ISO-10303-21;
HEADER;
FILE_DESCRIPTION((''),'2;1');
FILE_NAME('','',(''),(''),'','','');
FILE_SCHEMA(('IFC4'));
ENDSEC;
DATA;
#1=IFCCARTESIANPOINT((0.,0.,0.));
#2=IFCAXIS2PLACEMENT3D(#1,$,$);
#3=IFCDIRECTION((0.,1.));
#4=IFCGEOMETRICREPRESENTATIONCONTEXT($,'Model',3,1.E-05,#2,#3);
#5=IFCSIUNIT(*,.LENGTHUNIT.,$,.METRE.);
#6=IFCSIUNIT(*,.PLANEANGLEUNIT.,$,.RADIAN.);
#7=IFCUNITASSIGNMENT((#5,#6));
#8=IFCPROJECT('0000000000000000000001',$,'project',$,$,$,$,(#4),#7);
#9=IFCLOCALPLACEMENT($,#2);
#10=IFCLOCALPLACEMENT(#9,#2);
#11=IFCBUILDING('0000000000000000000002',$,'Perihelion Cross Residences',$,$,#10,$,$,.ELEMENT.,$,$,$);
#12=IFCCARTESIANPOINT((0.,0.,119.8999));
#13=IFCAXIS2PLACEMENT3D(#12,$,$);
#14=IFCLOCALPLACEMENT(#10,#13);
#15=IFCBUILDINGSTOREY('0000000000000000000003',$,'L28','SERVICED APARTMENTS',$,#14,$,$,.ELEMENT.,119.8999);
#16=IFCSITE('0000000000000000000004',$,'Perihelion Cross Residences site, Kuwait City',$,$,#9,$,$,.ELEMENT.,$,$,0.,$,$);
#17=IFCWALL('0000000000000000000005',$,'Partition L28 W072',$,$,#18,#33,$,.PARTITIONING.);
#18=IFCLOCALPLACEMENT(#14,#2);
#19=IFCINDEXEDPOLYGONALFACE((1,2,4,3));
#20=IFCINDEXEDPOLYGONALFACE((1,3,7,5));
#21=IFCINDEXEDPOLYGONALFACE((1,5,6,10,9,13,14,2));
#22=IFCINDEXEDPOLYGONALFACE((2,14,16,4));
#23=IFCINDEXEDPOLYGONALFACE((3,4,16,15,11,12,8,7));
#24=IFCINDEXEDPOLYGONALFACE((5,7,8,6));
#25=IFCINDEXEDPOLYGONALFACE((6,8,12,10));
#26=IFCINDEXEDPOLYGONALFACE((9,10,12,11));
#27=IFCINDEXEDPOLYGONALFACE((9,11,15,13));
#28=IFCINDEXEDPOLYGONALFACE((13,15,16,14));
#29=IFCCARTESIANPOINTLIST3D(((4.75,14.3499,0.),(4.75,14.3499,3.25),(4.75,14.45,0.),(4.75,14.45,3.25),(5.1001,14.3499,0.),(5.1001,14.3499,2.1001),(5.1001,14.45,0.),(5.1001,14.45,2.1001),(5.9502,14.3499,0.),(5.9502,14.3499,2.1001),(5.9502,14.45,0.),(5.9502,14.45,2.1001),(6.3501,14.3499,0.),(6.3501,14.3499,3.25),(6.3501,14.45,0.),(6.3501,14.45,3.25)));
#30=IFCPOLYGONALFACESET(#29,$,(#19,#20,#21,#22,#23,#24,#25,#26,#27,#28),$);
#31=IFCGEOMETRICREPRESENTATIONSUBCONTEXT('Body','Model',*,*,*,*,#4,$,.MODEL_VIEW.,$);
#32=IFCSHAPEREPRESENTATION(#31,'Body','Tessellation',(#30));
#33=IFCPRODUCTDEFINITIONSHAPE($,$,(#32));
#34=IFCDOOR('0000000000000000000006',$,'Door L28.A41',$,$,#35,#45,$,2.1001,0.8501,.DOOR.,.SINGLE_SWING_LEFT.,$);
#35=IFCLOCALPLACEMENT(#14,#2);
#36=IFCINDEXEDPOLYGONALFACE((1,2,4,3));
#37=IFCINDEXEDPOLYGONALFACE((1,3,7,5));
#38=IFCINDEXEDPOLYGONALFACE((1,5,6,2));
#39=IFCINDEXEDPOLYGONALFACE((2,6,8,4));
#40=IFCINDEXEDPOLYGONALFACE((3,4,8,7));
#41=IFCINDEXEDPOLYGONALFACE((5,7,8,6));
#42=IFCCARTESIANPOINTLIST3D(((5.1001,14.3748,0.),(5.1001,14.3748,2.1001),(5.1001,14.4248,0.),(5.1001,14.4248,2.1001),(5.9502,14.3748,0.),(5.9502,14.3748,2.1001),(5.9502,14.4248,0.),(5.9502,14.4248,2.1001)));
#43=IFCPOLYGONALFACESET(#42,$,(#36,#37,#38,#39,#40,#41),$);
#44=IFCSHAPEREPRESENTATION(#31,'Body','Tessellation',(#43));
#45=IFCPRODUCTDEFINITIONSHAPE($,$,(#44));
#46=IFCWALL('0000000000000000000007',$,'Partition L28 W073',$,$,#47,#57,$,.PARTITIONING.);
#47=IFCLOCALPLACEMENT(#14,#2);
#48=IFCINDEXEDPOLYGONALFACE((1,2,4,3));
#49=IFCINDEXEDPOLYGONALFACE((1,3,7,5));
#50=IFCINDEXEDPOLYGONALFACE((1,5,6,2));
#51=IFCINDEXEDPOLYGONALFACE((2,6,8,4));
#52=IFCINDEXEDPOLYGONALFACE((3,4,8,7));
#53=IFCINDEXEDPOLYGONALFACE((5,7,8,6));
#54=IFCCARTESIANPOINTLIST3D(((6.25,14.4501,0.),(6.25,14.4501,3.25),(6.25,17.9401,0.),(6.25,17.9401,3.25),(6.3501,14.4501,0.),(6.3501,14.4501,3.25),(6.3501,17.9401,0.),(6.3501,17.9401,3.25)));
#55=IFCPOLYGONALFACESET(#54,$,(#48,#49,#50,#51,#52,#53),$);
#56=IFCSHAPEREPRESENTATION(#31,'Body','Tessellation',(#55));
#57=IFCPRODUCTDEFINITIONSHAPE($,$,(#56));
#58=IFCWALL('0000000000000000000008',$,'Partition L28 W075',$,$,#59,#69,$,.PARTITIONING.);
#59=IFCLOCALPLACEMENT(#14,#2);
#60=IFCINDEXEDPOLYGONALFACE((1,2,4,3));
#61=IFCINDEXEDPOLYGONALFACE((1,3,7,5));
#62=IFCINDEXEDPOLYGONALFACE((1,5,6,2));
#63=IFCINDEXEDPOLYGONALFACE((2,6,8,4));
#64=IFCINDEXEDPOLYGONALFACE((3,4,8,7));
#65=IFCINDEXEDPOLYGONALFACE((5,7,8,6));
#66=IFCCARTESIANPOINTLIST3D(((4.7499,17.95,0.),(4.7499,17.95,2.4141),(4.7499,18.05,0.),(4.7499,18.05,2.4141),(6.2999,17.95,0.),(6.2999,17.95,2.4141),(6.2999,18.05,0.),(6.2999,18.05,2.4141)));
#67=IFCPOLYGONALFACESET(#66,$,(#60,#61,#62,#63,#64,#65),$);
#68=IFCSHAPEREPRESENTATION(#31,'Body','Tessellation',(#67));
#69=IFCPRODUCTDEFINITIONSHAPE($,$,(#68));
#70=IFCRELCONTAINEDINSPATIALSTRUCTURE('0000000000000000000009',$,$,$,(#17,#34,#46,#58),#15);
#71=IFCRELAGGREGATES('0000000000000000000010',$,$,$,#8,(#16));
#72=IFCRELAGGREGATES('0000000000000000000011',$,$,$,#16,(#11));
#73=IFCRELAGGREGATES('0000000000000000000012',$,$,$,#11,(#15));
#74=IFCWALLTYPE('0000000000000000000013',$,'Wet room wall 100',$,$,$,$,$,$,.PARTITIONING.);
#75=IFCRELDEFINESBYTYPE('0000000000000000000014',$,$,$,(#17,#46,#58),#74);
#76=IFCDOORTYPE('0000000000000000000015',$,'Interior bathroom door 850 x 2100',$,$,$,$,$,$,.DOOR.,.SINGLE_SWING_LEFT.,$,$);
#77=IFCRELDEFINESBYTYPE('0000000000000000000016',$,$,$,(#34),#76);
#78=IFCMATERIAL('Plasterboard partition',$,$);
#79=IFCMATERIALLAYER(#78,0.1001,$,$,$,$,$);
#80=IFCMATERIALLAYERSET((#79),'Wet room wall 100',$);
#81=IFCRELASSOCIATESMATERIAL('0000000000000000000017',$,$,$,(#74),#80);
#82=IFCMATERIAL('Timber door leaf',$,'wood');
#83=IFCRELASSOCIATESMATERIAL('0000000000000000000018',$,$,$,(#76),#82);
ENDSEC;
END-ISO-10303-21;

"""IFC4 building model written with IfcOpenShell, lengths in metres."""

from ifc_helpers import new_model, si_unit, direction, frame, frame_2d, origin, place, context, subcontext, project, spatial, rectangle, extrude, material, layer, layer_set, type_object, element, fill, save


model = new_model("IFC4")

# Units and contexts
model_context = context("Model", 3, precision=1e-05, world=origin(), true_north=direction((0.0, 1.0)))
body_context = subcontext(model_context, "Body", "Model", "MODEL_VIEW")
ifc_project = project(units=[si_unit("LENGTHUNIT", "METRE"), si_unit("PLANEANGLEUNIT", "RADIAN")], contexts=[model_context])

# Site, building, storey
site_placement = place(None, origin())
site = spatial("IfcSite", under=ifc_project, at=site_placement, Name="Perihelion Cross Residences site, Kuwait City", CompositionType="ELEMENT", RefElevation=0.0)
building_placement = place(site_placement, origin())
building = spatial("IfcBuilding", under=site, at=building_placement, Name="Perihelion Cross Residences", CompositionType="ELEMENT")
storey_placement = place(building_placement, frame((0.0, 0.0, 119.8999)))
storey = spatial("IfcBuildingStorey", under=building, at=storey_placement, Name="L28", Description="SERVICED APARTMENTS", CompositionType="ELEMENT", Elevation=119.8999)

# Shared definitions
ifc_material_1 = material(Name="Plasterboard partition")
ifc_layer_1 = layer(ifc_material_1, 0.1001)
ifc_layer_set_1 = layer_set([ifc_layer_1], Name="Wet room wall 100")
wall_type_1 = type_object("IfcWallType", Name="Wet room wall 100", PredefinedType="PARTITIONING", material=ifc_layer_set_1)
ifc_material_2 = material(Name="Timber door leaf", Category="wood")
door_type_1 = type_object("IfcDoorType", Name="Interior bathroom door 850 x 2100", OperationType="SINGLE_SWING_LEFT", PredefinedType="DOOR", material=ifc_material_2)

# Wall, opening, door
wall_1_placement = place(storey_placement, frame((4.75, 14.3999, 0.0), z_axis=(0.0, 0.0, 1.0), x_axis=(1.0, 0.0, 0.0)))
wall_1 = element("IfcWall", 1, at=wall_1_placement, inside=storey, type_object=wall_type_1, Name="Partition L28 W072", PredefinedType="PARTITIONING", context=body_context, shape_type="SweptSolid", body=[
    extrude(rectangle(XDim=1.6001, YDim=0.1001, at=frame_2d((0.8, 0.0))), origin(), (0.0, 0.0, 1.0), 3.25),
])
opening_1_placement = place(wall_1_placement, frame((0.3501, 0.0, 0.0)))
opening_1 = element("IfcOpeningElement", 2, at=opening_1_placement, cuts=wall_1, PredefinedType="OPENING", context=body_context, shape_type="SweptSolid", body=[
    extrude(rectangle(XDim=0.8501, YDim=2.1001, at=frame_2d((0.425, 1.05))), frame((0.0, 0.0601, 0.0), z_axis=(0.0, -1.0, 0.0), x_axis=(1.0, 0.0, 0.0)), (0.0, 0.0, 1.0), 0.1201),
])
door_1_placement = place(opening_1_placement, origin())
door_1 = element("IfcDoor", 3, at=door_1_placement, inside=storey, type_object=door_type_1, Name="Door L28.A41", OperationType="SINGLE_SWING_LEFT", OverallHeight=2.1001, OverallWidth=0.8501, PredefinedType="DOOR", context=body_context, shape_type="SweptSolid", body=[
    extrude(rectangle(XDim=0.8501, YDim=2.1001, at=frame_2d((0.425, 1.05))), frame((0.0, 0.0249, 0.0), z_axis=(0.0, -1.0, 0.0), x_axis=(1.0, 0.0, 0.0)), (0.0, 0.0, 1.0), 0.05),
])
fill(opening_1, door_1)

# Walls
wall_2_placement = place(storey_placement, frame((6.3, 14.45, 0.0), z_axis=(0.0, 0.0, 1.0), x_axis=(0.0, 1.0, 0.0)))
element("IfcWall", 4, at=wall_2_placement, inside=storey, type_object=wall_type_1, Name="Partition L28 W073", PredefinedType="PARTITIONING", context=body_context, shape_type="SweptSolid", body=[
    extrude(rectangle(XDim=3.49, YDim=0.1001, at=frame_2d((1.7451, 0.0))), origin(), (0.0, 0.0, 1.0), 3.25),
])
wall_3_placement = place(storey_placement, frame((4.75, 18.0, 0.0), z_axis=(0.0, 0.0, 1.0), x_axis=(1.0, 0.0, 0.0)))
element("IfcWall", 5, at=wall_3_placement, inside=storey, type_object=wall_type_1, Name="Partition L28 W075", PredefinedType="PARTITIONING", context=body_context, shape_type="SweptSolid", body=[
    extrude(rectangle(XDim=1.55, YDim=0.1001, at=frame_2d((0.7749, 0.0))), origin(), (0.0, 0.0, 1.0), 2.4141),
])

save(model, "model.ifc")
